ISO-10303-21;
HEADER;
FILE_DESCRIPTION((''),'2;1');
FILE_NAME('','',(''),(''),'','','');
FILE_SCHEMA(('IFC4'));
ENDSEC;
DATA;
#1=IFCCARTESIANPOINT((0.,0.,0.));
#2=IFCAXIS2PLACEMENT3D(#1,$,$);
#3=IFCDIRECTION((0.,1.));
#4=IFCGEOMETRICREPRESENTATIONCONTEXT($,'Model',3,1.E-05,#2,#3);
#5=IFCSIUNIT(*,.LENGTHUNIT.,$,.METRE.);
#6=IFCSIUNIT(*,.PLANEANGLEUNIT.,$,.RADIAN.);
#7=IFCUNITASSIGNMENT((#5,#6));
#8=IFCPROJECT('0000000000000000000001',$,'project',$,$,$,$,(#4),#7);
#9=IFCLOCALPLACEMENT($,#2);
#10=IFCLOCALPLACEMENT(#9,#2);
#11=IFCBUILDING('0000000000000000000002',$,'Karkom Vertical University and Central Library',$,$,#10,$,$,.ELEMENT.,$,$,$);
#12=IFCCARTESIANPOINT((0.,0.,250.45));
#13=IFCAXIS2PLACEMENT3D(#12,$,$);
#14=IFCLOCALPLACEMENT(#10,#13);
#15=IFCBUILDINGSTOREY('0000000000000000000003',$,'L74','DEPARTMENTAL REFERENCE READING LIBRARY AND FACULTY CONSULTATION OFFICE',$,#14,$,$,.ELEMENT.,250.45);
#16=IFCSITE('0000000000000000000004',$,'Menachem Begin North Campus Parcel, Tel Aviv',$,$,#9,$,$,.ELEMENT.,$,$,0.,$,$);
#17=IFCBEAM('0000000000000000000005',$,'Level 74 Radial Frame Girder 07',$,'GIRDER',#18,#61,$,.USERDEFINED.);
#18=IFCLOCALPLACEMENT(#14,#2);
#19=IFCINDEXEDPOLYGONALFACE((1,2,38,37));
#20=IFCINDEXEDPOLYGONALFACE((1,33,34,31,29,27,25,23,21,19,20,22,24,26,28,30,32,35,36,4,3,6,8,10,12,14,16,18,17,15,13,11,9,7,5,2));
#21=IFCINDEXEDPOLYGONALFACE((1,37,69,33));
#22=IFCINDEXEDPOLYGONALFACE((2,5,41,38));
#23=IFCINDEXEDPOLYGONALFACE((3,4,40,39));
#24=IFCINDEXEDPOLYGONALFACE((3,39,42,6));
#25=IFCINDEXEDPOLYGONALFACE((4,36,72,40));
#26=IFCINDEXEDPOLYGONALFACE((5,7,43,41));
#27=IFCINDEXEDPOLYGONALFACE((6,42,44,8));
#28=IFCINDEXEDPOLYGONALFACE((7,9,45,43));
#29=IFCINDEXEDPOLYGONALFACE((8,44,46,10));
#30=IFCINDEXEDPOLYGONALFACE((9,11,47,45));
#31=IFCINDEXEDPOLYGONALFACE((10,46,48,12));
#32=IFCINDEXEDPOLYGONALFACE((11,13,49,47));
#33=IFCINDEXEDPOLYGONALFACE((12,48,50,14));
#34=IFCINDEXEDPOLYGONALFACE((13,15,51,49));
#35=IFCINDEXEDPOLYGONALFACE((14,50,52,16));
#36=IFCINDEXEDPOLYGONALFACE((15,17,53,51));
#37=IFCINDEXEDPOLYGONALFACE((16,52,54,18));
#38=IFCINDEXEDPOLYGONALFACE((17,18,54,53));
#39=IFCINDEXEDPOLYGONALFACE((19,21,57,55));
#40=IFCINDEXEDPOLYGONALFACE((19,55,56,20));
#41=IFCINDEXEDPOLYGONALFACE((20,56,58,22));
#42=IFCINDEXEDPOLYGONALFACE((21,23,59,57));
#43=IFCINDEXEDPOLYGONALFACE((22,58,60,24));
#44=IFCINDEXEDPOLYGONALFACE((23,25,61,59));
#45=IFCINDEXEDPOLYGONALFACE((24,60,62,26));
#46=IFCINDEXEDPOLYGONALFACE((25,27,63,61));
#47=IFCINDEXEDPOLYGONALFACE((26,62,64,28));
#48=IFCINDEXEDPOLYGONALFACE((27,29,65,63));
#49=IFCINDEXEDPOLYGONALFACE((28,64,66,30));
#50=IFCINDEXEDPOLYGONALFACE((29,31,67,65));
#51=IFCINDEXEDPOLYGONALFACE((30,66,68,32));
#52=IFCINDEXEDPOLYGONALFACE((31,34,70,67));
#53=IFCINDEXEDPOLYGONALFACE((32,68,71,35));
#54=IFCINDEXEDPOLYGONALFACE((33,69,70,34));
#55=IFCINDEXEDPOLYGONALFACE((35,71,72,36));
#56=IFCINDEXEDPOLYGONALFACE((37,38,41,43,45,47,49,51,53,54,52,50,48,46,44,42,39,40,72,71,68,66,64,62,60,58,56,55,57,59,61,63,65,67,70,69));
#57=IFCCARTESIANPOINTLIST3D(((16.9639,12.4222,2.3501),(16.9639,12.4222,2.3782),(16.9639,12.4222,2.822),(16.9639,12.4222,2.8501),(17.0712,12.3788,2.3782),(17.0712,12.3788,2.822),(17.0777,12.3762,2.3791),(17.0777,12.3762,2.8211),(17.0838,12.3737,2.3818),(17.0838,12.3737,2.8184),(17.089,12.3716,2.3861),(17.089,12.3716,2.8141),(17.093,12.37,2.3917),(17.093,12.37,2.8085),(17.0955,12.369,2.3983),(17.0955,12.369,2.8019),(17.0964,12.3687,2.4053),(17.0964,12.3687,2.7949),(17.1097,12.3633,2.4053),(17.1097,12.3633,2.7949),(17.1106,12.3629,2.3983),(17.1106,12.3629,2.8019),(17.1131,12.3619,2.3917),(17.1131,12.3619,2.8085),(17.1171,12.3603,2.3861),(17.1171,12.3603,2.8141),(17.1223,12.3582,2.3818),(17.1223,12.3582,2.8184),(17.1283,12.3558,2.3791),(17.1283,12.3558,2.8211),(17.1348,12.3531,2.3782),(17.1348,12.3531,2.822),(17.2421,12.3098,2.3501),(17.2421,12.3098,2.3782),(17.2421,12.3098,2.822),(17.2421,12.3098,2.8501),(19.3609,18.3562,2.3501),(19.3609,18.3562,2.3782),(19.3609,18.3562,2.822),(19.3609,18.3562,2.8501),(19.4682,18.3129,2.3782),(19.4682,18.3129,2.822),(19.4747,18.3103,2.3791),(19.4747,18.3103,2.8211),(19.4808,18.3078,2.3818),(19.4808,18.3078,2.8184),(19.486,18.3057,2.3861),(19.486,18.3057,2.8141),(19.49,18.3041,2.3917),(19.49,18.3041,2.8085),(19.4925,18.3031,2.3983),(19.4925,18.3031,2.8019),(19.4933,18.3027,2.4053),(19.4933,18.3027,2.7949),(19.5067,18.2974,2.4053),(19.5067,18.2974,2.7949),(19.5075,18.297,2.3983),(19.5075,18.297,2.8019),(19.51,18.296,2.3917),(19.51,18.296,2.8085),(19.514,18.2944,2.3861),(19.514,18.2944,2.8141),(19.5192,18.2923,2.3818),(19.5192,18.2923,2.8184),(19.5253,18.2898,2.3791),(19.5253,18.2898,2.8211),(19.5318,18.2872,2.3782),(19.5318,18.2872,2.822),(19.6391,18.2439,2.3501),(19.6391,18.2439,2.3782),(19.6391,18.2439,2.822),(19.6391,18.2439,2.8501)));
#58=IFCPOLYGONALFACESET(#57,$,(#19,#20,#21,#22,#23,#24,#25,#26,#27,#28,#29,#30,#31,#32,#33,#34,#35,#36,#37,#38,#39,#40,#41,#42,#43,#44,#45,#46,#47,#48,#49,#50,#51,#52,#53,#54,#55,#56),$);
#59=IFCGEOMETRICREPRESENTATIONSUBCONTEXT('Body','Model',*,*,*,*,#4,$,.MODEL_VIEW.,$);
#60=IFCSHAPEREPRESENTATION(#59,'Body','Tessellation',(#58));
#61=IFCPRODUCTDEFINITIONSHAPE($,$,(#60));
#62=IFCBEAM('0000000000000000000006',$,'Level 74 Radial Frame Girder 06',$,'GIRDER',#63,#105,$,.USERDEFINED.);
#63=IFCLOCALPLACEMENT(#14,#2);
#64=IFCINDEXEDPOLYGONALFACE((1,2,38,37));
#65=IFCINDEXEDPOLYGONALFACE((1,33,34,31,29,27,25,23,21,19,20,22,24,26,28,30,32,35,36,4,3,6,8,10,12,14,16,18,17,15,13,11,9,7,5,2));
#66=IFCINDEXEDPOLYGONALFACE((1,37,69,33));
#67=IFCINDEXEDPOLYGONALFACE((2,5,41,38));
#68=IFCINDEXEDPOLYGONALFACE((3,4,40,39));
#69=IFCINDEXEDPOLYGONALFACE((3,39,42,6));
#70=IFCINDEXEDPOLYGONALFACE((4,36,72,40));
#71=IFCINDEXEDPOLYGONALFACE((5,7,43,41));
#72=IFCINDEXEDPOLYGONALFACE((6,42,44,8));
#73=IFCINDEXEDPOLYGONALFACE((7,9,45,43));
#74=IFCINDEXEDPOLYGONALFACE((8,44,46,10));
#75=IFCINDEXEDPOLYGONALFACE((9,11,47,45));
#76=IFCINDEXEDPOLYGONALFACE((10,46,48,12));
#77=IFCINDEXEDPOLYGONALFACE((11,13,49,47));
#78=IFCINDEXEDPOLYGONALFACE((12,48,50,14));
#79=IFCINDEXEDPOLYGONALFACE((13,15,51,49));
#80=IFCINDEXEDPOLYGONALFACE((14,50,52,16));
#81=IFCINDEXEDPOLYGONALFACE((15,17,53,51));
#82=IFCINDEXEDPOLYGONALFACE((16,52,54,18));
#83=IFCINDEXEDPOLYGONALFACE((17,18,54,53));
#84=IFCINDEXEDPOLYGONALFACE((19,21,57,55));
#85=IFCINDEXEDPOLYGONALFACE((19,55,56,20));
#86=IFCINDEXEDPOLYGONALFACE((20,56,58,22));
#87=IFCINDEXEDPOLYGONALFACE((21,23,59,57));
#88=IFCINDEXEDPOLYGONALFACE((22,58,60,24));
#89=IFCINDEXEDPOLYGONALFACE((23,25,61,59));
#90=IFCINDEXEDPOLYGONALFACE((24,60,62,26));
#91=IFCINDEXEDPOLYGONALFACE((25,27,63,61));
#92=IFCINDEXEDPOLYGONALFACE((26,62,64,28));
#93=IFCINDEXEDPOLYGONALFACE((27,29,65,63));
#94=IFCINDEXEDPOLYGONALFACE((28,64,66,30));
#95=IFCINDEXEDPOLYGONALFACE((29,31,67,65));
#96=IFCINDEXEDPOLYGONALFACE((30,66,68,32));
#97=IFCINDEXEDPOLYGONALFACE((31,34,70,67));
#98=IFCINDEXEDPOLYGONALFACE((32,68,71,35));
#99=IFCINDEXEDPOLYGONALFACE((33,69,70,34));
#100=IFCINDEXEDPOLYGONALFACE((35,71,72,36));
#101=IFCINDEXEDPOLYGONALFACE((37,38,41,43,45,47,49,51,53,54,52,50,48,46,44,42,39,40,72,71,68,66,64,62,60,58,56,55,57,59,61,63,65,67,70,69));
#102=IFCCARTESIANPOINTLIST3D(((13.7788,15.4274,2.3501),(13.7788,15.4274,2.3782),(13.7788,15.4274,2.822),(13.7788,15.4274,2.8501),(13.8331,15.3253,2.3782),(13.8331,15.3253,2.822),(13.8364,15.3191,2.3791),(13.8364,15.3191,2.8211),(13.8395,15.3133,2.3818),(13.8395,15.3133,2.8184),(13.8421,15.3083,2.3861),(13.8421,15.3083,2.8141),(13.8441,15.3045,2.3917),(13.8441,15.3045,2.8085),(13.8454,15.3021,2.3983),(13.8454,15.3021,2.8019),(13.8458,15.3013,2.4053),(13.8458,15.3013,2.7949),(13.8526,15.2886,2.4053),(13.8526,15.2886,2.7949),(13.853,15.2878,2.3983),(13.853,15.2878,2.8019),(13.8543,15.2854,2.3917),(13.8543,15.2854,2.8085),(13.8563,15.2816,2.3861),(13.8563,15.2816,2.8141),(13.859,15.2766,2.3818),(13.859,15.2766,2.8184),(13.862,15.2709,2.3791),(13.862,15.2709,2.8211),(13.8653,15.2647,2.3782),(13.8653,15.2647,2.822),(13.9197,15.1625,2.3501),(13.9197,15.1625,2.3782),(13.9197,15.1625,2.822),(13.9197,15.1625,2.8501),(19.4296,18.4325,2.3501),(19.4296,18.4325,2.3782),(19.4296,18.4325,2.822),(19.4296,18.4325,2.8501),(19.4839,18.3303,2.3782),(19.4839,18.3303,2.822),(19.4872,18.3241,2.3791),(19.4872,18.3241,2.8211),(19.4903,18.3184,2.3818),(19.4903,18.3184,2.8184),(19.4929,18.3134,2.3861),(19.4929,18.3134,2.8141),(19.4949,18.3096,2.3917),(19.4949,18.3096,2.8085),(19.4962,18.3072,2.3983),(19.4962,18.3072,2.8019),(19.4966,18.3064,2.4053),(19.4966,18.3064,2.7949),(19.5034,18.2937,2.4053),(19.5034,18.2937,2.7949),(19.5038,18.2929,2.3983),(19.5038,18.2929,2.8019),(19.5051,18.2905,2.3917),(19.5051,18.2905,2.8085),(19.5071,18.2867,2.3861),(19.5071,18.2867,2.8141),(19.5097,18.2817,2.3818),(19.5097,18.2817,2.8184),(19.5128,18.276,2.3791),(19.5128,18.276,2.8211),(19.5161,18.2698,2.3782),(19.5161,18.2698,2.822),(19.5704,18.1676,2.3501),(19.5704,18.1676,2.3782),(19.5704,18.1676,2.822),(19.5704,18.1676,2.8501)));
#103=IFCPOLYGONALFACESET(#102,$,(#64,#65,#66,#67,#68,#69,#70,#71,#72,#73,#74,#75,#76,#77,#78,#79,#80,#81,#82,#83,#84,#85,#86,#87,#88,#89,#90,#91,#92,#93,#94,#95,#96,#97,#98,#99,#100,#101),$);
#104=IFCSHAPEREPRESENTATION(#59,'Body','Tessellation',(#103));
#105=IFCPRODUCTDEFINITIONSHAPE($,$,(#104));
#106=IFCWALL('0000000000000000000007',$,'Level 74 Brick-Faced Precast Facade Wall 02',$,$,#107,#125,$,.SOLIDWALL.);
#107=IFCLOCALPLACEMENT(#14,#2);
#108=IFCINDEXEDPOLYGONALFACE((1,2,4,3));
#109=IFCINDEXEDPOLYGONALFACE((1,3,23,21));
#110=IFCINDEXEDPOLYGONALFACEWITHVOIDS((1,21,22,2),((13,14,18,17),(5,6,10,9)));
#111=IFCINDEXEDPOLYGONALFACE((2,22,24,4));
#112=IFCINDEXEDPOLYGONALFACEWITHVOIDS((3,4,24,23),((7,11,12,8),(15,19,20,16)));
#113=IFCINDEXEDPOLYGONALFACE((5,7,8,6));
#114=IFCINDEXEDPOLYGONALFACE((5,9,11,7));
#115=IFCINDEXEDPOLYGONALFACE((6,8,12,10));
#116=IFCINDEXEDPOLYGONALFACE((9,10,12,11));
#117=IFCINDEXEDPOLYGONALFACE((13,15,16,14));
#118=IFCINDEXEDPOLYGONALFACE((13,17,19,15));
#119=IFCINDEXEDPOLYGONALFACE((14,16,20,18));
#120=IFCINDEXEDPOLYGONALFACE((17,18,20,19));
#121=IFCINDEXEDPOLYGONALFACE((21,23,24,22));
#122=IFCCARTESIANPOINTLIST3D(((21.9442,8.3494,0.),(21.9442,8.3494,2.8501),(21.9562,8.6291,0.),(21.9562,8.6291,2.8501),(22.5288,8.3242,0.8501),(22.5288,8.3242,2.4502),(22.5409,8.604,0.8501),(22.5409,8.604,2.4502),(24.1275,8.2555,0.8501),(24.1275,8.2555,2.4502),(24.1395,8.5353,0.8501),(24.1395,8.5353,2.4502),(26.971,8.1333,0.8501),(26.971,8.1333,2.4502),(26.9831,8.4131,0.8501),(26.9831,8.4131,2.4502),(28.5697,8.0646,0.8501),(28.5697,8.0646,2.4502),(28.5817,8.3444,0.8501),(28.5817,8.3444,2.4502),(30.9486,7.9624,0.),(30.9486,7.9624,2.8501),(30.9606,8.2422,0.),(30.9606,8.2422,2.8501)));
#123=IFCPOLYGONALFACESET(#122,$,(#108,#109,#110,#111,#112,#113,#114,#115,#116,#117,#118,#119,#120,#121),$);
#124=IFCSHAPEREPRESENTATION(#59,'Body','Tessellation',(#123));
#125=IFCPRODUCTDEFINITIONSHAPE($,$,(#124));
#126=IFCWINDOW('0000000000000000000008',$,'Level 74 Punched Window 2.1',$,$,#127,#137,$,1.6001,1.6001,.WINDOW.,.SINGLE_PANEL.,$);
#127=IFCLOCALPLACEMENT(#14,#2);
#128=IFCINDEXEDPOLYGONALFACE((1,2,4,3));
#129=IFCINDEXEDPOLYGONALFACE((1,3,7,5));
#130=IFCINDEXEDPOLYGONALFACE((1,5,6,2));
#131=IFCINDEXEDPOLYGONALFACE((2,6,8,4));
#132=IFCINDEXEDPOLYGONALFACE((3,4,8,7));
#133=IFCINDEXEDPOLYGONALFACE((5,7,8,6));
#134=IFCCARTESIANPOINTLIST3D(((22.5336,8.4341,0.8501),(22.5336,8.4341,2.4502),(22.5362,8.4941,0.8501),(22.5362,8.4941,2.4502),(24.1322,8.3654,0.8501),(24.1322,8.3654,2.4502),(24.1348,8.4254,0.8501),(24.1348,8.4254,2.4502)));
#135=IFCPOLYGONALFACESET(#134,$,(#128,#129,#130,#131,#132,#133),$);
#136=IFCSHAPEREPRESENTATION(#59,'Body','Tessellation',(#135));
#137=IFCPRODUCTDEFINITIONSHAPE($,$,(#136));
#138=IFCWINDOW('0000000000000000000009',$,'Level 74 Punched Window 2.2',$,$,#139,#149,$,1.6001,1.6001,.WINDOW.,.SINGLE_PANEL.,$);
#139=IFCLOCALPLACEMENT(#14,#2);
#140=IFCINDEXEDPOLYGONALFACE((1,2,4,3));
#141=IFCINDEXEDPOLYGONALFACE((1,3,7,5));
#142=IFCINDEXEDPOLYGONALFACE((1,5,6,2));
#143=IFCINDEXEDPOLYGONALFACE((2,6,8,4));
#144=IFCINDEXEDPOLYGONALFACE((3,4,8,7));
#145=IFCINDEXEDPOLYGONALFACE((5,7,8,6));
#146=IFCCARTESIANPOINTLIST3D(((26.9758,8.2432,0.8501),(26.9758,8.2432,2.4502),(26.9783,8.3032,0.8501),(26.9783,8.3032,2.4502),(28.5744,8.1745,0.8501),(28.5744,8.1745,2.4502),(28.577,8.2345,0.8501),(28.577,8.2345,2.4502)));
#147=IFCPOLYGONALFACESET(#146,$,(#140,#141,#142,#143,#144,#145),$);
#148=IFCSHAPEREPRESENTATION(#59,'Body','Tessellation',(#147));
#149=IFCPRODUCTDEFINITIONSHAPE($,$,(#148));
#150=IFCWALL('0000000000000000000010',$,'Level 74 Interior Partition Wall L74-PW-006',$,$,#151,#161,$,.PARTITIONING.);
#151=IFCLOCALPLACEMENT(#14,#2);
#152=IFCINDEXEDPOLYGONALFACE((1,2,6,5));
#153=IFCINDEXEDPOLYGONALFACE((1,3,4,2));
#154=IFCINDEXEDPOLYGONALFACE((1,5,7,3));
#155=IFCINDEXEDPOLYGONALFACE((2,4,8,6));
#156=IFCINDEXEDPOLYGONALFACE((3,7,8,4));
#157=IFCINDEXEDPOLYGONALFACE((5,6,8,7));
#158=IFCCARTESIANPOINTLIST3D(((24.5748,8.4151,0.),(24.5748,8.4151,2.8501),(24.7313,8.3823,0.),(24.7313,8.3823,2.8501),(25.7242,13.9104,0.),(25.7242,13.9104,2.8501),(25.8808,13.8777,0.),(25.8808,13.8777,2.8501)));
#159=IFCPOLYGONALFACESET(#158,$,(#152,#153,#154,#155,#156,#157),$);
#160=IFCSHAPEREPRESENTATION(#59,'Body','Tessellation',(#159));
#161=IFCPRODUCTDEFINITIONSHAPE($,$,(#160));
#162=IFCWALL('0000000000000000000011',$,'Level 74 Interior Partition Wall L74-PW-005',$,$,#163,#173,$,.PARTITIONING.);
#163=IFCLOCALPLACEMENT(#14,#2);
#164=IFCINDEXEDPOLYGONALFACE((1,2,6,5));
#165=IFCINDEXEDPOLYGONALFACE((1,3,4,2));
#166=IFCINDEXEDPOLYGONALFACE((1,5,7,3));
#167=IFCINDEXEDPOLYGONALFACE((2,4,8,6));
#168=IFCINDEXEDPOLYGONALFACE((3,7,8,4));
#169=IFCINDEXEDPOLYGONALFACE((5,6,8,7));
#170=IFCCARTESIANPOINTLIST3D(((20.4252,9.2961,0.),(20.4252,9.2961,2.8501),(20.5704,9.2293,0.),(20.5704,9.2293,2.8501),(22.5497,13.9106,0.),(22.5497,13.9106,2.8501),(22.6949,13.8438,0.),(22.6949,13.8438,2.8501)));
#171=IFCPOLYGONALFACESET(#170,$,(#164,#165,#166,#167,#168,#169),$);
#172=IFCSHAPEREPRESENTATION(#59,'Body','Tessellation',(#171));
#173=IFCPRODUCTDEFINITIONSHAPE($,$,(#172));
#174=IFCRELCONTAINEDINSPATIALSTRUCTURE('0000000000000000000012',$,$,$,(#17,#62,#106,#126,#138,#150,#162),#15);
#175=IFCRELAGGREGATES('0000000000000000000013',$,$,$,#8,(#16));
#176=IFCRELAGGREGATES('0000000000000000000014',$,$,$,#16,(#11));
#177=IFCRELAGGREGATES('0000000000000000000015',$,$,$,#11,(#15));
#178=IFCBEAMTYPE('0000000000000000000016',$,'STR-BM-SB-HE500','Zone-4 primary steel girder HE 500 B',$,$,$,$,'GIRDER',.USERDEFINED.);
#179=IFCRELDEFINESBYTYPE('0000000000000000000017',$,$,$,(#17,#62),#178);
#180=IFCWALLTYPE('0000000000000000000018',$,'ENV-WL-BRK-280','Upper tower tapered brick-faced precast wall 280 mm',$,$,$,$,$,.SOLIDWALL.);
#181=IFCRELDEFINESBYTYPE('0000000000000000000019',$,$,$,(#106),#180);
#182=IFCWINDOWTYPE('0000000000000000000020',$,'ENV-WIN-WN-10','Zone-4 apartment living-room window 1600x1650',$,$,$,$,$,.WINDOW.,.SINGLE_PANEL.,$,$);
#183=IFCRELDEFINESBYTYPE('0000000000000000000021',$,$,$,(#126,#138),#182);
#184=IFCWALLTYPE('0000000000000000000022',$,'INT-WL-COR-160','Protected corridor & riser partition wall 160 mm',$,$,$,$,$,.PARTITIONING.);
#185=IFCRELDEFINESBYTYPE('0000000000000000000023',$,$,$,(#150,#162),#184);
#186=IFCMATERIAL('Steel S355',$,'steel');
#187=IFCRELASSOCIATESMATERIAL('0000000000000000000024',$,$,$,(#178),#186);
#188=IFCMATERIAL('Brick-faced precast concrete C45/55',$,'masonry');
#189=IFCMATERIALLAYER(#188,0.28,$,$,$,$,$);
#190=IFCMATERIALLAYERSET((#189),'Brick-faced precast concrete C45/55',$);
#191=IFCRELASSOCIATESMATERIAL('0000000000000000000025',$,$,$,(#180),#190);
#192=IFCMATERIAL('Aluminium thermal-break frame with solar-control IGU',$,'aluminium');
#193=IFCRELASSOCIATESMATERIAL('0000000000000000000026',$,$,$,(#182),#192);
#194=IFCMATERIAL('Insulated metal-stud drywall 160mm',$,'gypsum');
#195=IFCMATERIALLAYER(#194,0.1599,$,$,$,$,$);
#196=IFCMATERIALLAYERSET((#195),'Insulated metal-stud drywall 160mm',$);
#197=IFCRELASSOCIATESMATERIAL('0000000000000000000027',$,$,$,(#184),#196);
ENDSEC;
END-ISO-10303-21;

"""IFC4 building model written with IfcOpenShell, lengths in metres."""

from ifc_helpers import new_model, si_unit, direction, frame, frame_2d, origin, origin_with_axes, origin_2d, place, context, subcontext, project, spatial, rectangle, i_section, extrude, source, transform, mapped, material, layer, layer_set, material_profile, profile_set, type_object, element, fill, save


model = new_model("IFC4")

# Units and contexts
model_context = context("Model", 3, precision=1e-05, world=origin(), true_north=direction((0.0, 1.0)))
body_context = subcontext(model_context, "Body", "Model", "MODEL_VIEW")
ifc_project = project(units=[si_unit("LENGTHUNIT", "METRE"), si_unit("PLANEANGLEUNIT", "RADIAN")], contexts=[model_context])

# Site, building, storey
site_placement = place(None, origin())
site = spatial("IfcSite", under=ifc_project, at=site_placement, Name="Menachem Begin North Campus Parcel, Tel Aviv", CompositionType="ELEMENT", RefElevation=0.0)
building_placement = place(site_placement, origin())
building = spatial("IfcBuilding", under=site, at=building_placement, Name="Karkom Vertical University and Central Library", CompositionType="ELEMENT")
storey_placement = place(building_placement, frame((0.0, 0.0, 250.45)))
storey = spatial("IfcBuildingStorey", under=building, at=storey_placement, Name="L74", Description="DEPARTMENTAL REFERENCE READING LIBRARY AND FACULTY CONSULTATION OFFICE", CompositionType="ELEMENT", Elevation=250.45)

# Beams
ifc_material_1 = material(Name="Steel S355", Category="steel")
ifc_material_profile_1 = material_profile(ifc_material_1, i_section(OverallWidth=0.3, OverallDepth=0.5, WebThickness=0.0144, FlangeThickness=0.0281, FilletRadius=0.0271, at=origin_2d()), Name="HE 500 B")
ifc_profile_set_1 = profile_set([ifc_material_profile_1], Name="Steel S355")
beam_type_1 = type_object("IfcBeamType", Name="STR-BM-SB-HE500", Description="Zone-4 primary steel girder HE 500 B", ElementType="GIRDER", PredefinedType="USERDEFINED", material=ifc_profile_set_1)
shared_shape_1 = source(origin_with_axes(), body_context, "Body", "SweptSolid", [
    extrude(i_section(OverallWidth=0.3, OverallDepth=0.5, WebThickness=0.0144, FlangeThickness=0.0281, FilletRadius=0.0271, at=origin_2d()), origin(), (0.0, 0.0, 1.0), 6.3999),
])
beam_1_placement = place(storey_placement, frame((19.5, 18.3, 2.6001), z_axis=(-0.374532, -0.927214, 0.0), x_axis=(0.927214, -0.374532, 0.0)))
element("IfcBeam", 1, at=beam_1_placement, inside=storey, type_object=beam_type_1, Name="Level 74 Radial Frame Girder 07", ObjectType="GIRDER", PredefinedType="USERDEFINED", context=body_context, shape_type="MappedRepresentation", body=[
    mapped(shared_shape_1, transform((0.0, 0.0, 0.0), scale=1.0)),
])
shared_shape_2 = source(origin_with_axes(), body_context, "Body", "SweptSolid", [
    extrude(i_section(OverallWidth=0.3, OverallDepth=0.5, WebThickness=0.0144, FlangeThickness=0.0281, FilletRadius=0.0271, at=origin_2d()), origin(), (0.0, 0.0, 1.0), 6.4001),
])
beam_2_placement = place(storey_placement, frame((19.5, 18.3, 2.6001), z_axis=(-0.882915, -0.469533, 0.0), x_axis=(0.469533, -0.882915, 0.0)))
element("IfcBeam", 2, at=beam_2_placement, inside=storey, type_object=beam_type_1, Name="Level 74 Radial Frame Girder 06", ObjectType="GIRDER", PredefinedType="USERDEFINED", context=body_context, shape_type="MappedRepresentation", body=[
    mapped(shared_shape_2, transform((0.0, 0.0, 0.0), scale=1.0)),
])

# Wall, openings, windows
ifc_material_2 = material(Name="Brick-faced precast concrete C45/55", Category="masonry")
ifc_layer_1 = layer(ifc_material_2, 0.28)
ifc_layer_set_1 = layer_set([ifc_layer_1], Name="Brick-faced precast concrete C45/55")
wall_type_1 = type_object("IfcWallType", Name="ENV-WL-BRK-280", Description="Upper tower tapered brick-faced precast wall 280 mm", PredefinedType="SOLIDWALL", material=ifc_layer_set_1)
wall_1_placement = place(storey_placement, frame((21.9502, 8.4893, 0.0), z_axis=(0.0, 0.0, 1.0), x_axis=(0.999078, -0.042935, 0.0)))
wall_1 = element("IfcWall", 3, at=wall_1_placement, inside=storey, type_object=wall_type_1, Name="Level 74 Brick-Faced Precast Facade Wall 02", PredefinedType="SOLIDWALL", context=body_context, shape_type="SweptSolid", body=[
    extrude(rectangle(XDim=9.0127, YDim=0.28, at=frame_2d((4.5063, 0.0))), origin(), (0.0, 0.0, 1.0), 2.8501),
])
opening_1_placement = place(wall_1_placement, frame((0.5852, 0.0, 0.8501)))
opening_1 = element("IfcOpeningElement", 4, at=opening_1_placement, cuts=wall_1, PredefinedType="OPENING", context=body_context, shape_type="SweptSolid", body=[
    extrude(rectangle(XDim=1.6001, YDim=1.6001, at=frame_2d((0.8, 0.8))), frame((0.0, 0.1499, 0.0), z_axis=(0.0, -1.0, 0.0), x_axis=(1.0, 0.0, 0.0)), (0.0, 0.0, 1.0), 0.3),
])
opening_2_placement = place(wall_1_placement, frame((5.0315, 0.0, 0.8501)))
opening_2 = element("IfcOpeningElement", 5, at=opening_2_placement, cuts=wall_1, PredefinedType="OPENING", context=body_context, shape_type="SweptSolid", body=[
    extrude(rectangle(XDim=1.6001, YDim=1.6001, at=frame_2d((0.8, 0.8))), frame((0.0, 0.1499, 0.0), z_axis=(0.0, -1.0, 0.0), x_axis=(1.0, 0.0, 0.0)), (0.0, 0.0, 1.0), 0.3),
])
ifc_material_3 = material(Name="Aluminium thermal-break frame with solar-control IGU", Category="aluminium")
window_type = type_object("IfcWindowType", Name="ENV-WIN-WN-10", Description="Zone-4 apartment living-room window 1600x1650", PartitioningType="SINGLE_PANEL", PredefinedType="WINDOW", material=ifc_material_3)
shared_shape_3 = source(origin_with_axes(), body_context, "Body", "SweptSolid", [
    extrude(rectangle(XDim=1.6001, YDim=1.6001, at=frame_2d((0.8, 0.8))), frame((0.0, 0.03, 0.0), z_axis=(0.0, -1.0, 0.0), x_axis=(1.0, 0.0, 0.0)), (0.0, 0.0, 1.0), 0.0601),
])
window_1_placement = place(opening_1_placement, origin())
window_1 = element("IfcWindow", 6, at=window_1_placement, inside=storey, type_object=window_type, Name="Level 74 Punched Window 2.1", OverallHeight=1.6001, OverallWidth=1.6001, PartitioningType="SINGLE_PANEL", PredefinedType="WINDOW", context=body_context, shape_type="MappedRepresentation", body=[
    mapped(shared_shape_3, transform((0.0, 0.0, 0.0), scale=1.0)),
])
fill(opening_1, window_1)
window_2_placement = place(opening_2_placement, origin())
window_2 = element("IfcWindow", 7, at=window_2_placement, inside=storey, type_object=window_type, Name="Level 74 Punched Window 2.2", OverallHeight=1.6001, OverallWidth=1.6001, PartitioningType="SINGLE_PANEL", PredefinedType="WINDOW", context=body_context, shape_type="MappedRepresentation", body=[
    mapped(shared_shape_3, transform((0.0, 0.0, 0.0), scale=1.0)),
])
fill(opening_2, window_2)

# Walls
ifc_material_4 = material(Name="Insulated metal-stud drywall 160mm", Category="gypsum")
ifc_layer_2 = layer(ifc_material_4, 0.1599)
ifc_layer_set_2 = layer_set([ifc_layer_2], Name="Insulated metal-stud drywall 160mm")
wall_type_2 = type_object("IfcWallType", Name="INT-WL-COR-160", Description="Protected corridor & riser partition wall 160 mm", PredefinedType="PARTITIONING", material=ifc_layer_set_2)
wall_2_placement = place(storey_placement, frame((25.8025, 13.894, 0.0), z_axis=(0.0, 0.0, 1.0), x_axis=(-0.20473, -0.978818, 0.0)))
element("IfcWall", 8, at=wall_2_placement, inside=storey, type_object=wall_type_2, Name="Level 74 Interior Partition Wall L74-PW-006", PredefinedType="PARTITIONING", context=body_context, shape_type="SweptSolid", body=[
    extrude(rectangle(XDim=5.6143, YDim=0.1599, at=frame_2d((2.8071, 0.0))), origin(), (0.0, 0.0, 1.0), 2.8501),
])
wall_3_placement = place(storey_placement, frame((22.6223, 13.8772, 0.0), z_axis=(0.0, 0.0, 1.0), x_axis=(-0.418205, -0.908353, 0.0)))
element("IfcWall", 9, at=wall_3_placement, inside=storey, type_object=wall_type_2, Name="Level 74 Interior Partition Wall L74-PW-005", PredefinedType="PARTITIONING", context=body_context, shape_type="SweptSolid", body=[
    extrude(rectangle(XDim=5.0801, YDim=0.1599, at=frame_2d((2.54, 0.0))), origin(), (0.0, 0.0, 1.0), 2.8501),
])

save(model, "model.ifc")
